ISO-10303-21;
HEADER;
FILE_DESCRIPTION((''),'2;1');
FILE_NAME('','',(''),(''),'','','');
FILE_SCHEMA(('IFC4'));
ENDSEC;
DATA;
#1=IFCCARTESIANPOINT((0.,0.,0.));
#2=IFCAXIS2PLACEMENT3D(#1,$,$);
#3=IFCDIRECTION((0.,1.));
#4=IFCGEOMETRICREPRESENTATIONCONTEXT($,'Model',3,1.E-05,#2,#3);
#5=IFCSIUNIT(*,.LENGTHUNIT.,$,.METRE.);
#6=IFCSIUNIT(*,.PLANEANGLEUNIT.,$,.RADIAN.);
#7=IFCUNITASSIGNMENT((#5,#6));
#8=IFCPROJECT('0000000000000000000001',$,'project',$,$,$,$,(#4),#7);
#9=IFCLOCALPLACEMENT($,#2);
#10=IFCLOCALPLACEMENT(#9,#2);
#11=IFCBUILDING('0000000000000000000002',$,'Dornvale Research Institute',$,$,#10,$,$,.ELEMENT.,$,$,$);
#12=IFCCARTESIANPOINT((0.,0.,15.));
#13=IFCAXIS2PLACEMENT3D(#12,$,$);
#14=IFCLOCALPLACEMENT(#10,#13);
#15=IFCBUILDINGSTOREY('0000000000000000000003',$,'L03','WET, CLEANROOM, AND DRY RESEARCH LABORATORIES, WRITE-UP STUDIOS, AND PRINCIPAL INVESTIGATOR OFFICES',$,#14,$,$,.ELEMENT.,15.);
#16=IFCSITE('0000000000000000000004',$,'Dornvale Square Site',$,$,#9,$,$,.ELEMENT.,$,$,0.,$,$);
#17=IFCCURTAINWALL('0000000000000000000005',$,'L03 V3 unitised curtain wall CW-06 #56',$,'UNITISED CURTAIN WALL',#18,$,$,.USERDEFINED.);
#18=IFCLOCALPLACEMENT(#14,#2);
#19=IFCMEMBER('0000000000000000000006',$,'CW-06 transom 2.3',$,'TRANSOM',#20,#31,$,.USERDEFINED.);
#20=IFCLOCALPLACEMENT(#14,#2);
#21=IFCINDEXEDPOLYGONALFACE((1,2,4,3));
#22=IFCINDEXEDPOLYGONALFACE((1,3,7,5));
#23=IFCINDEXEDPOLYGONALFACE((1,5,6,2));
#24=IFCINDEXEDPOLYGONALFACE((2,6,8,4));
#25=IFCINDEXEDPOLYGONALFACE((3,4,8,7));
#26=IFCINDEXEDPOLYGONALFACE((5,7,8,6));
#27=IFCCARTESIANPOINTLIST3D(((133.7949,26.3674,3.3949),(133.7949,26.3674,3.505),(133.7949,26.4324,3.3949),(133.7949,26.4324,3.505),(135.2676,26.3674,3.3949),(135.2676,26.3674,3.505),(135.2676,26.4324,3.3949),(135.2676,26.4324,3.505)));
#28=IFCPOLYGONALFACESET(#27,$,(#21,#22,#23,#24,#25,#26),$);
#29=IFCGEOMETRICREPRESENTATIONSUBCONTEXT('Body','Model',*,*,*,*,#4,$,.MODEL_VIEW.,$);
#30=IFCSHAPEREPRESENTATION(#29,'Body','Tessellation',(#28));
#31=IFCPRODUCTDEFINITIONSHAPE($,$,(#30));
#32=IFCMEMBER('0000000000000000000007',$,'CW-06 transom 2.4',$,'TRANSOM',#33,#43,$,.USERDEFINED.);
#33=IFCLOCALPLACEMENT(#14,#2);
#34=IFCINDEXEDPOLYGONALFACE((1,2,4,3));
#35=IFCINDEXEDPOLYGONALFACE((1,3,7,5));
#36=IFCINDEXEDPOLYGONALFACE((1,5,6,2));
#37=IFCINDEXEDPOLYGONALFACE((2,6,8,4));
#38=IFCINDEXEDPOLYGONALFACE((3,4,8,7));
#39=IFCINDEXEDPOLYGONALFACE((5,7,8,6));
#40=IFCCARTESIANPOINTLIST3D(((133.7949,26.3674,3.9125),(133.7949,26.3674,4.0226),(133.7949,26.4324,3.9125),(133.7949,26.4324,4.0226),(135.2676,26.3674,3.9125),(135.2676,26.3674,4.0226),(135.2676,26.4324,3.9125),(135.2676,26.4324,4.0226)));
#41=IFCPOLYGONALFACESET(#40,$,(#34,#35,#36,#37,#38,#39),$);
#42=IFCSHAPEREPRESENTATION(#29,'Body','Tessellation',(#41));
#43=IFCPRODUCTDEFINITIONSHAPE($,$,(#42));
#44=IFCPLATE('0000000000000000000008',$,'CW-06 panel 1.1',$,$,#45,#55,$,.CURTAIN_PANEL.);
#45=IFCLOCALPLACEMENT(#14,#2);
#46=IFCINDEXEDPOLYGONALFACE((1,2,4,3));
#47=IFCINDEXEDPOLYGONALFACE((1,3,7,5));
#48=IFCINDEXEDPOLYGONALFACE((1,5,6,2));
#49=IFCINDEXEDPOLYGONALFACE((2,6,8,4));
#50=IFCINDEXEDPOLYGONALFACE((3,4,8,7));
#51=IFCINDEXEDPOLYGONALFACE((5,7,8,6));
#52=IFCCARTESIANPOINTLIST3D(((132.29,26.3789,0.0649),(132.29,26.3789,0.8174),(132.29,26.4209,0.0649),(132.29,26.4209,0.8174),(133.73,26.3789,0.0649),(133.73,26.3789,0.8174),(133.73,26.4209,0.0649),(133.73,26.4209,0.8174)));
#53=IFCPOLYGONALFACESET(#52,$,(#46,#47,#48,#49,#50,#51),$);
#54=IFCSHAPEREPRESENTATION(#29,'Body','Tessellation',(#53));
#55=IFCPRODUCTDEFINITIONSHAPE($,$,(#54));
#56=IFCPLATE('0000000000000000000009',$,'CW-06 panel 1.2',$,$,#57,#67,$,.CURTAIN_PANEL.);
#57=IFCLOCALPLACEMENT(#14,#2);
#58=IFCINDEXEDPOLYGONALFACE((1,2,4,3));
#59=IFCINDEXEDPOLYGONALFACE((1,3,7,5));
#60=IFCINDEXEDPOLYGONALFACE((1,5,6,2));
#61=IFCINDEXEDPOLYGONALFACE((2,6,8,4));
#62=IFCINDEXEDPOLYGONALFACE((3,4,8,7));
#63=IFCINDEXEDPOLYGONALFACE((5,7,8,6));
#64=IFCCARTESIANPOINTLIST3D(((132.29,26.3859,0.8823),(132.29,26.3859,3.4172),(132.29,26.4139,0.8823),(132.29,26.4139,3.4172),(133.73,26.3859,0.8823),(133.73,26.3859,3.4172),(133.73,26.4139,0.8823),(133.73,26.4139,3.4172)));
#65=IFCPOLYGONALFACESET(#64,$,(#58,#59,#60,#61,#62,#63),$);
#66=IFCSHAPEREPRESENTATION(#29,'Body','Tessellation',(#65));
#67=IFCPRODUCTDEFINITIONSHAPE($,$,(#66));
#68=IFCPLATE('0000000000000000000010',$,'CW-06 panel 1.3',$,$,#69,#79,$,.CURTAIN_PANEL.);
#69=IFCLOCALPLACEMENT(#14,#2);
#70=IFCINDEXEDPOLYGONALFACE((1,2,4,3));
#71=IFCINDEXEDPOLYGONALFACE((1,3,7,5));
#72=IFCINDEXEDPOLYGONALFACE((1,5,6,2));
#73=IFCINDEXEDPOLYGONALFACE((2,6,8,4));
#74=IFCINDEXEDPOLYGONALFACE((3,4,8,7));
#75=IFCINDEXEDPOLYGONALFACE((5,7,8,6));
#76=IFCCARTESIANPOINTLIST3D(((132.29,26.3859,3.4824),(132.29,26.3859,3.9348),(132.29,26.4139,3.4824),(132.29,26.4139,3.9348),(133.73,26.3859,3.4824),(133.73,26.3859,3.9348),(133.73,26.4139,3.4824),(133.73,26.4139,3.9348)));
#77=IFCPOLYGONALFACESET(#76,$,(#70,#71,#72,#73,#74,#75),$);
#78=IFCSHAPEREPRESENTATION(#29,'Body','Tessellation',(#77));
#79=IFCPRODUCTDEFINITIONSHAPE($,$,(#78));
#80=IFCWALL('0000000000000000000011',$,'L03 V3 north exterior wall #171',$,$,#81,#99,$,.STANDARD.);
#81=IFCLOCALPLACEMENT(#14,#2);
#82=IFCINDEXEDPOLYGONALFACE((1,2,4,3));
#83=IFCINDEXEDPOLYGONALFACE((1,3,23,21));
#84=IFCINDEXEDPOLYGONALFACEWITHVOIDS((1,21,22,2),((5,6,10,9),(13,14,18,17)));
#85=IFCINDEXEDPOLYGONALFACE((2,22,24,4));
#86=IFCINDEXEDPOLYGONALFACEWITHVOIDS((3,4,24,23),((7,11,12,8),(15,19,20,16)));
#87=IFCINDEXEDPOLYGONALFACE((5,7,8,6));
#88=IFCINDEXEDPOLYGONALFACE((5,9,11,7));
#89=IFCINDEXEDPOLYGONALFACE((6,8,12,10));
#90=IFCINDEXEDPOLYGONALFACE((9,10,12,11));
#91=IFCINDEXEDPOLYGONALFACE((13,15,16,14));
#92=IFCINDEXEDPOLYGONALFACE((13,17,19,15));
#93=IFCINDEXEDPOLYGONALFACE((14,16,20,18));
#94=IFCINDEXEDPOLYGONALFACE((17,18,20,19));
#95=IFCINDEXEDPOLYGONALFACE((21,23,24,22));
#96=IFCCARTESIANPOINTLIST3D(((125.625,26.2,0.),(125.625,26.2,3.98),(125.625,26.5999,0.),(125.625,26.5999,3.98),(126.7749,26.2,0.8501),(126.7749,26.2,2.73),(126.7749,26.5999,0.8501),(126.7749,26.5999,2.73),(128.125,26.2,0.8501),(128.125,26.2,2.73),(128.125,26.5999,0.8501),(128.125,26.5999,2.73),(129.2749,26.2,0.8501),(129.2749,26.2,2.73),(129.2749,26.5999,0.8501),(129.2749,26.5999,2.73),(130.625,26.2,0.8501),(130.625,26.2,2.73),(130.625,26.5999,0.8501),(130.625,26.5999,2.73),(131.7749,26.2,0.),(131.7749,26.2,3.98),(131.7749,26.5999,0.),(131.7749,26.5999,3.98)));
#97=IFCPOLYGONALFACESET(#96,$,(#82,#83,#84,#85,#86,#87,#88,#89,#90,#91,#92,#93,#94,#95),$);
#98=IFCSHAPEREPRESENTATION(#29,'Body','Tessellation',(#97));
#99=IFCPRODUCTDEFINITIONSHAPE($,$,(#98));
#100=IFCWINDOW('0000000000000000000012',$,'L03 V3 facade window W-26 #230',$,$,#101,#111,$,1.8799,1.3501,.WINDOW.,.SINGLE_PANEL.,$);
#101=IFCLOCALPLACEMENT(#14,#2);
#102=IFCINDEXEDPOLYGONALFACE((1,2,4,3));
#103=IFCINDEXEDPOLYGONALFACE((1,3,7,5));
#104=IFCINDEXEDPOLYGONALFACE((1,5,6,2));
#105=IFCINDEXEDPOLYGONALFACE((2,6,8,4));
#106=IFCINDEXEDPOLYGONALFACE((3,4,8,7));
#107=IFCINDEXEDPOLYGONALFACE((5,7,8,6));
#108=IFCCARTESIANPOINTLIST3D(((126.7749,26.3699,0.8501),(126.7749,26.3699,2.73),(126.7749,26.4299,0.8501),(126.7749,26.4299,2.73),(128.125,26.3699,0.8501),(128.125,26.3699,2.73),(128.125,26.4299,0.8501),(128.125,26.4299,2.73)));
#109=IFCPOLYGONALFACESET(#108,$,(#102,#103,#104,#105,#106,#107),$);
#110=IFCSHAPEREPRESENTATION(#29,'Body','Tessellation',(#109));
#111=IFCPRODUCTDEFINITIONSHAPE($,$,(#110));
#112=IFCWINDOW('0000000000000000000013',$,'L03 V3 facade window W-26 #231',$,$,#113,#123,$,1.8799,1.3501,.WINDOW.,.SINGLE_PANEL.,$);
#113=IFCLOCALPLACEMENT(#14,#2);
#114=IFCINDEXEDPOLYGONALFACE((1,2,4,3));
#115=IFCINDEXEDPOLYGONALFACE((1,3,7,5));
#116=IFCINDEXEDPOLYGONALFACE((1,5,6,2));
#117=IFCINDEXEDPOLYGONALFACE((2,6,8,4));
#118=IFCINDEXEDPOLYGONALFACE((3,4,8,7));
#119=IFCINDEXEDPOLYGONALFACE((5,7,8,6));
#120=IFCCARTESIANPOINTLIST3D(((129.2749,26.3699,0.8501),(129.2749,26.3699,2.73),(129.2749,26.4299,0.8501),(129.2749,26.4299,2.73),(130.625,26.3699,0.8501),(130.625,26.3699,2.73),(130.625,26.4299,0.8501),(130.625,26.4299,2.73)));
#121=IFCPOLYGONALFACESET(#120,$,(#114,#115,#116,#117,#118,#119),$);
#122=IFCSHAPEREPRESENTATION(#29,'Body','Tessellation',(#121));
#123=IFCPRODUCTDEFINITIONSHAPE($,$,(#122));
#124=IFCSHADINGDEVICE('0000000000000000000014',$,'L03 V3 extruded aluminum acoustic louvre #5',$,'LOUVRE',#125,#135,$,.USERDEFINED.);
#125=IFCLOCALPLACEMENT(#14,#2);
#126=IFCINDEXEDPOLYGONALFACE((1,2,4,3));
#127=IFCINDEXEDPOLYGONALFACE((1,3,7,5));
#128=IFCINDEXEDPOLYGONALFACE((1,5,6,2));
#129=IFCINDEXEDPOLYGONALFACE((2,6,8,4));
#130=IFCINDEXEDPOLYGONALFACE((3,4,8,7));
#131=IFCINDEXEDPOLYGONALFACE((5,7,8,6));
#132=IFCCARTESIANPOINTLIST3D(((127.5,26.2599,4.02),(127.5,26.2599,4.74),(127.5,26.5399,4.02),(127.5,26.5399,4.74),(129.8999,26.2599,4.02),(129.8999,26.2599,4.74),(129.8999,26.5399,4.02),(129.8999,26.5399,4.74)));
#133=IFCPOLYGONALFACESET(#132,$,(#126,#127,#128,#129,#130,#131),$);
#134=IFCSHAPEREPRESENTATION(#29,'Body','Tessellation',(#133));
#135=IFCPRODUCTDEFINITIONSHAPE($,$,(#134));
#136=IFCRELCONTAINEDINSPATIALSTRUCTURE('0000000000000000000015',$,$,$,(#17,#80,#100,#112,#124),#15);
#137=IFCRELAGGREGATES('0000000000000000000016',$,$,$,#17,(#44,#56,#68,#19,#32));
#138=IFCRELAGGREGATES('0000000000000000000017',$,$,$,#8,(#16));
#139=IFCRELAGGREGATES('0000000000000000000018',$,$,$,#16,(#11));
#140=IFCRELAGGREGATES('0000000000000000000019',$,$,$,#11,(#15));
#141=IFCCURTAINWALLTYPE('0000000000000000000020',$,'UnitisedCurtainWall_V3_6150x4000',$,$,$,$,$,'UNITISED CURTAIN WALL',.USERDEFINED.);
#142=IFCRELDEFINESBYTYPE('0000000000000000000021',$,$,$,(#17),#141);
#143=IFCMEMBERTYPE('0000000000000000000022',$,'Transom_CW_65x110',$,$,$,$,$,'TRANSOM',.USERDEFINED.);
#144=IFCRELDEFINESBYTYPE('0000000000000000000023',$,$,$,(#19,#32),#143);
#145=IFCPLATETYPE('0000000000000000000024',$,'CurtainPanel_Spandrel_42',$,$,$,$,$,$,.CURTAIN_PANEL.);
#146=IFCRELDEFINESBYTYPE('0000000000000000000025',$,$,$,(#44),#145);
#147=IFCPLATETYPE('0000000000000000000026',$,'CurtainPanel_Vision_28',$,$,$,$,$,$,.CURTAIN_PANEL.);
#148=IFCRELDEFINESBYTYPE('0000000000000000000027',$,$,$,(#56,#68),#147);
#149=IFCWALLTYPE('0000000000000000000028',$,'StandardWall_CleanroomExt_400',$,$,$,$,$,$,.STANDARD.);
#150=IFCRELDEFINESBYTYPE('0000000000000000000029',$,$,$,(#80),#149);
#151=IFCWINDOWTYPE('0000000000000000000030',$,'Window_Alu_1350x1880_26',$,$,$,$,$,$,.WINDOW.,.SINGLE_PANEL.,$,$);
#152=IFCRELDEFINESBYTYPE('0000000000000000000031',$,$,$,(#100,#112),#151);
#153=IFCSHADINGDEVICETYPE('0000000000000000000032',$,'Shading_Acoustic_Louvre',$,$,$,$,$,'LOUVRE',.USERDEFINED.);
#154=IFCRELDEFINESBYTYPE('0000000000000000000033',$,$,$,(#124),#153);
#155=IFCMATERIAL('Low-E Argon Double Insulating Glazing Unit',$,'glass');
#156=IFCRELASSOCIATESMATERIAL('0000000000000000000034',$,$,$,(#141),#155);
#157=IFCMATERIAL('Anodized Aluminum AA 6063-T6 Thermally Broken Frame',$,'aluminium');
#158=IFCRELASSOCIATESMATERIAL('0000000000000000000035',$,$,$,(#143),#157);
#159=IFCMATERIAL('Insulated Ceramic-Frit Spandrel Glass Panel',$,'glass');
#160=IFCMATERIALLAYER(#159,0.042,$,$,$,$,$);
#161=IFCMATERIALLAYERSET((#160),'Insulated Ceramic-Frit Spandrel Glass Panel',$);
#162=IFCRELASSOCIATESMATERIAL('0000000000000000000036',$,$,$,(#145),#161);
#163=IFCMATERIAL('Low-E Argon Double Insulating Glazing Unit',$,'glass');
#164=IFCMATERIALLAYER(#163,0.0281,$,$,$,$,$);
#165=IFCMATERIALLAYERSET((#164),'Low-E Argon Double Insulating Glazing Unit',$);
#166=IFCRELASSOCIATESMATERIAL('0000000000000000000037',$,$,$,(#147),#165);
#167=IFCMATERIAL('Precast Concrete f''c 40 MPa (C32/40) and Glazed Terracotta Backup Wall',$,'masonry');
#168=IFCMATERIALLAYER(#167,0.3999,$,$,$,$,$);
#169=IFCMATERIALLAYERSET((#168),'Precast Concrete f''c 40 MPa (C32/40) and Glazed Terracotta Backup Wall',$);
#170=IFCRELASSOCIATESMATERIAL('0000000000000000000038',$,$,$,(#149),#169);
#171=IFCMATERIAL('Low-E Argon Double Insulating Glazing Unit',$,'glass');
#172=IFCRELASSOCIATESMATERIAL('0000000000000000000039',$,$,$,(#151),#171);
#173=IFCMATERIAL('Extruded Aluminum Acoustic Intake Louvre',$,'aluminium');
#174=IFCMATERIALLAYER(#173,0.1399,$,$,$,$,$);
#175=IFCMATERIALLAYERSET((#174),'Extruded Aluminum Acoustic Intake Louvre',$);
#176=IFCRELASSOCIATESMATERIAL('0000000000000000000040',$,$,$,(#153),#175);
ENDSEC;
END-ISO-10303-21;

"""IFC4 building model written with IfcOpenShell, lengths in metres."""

from ifc_helpers import new_model, si_unit, direction, frame, frame_2d, origin, origin_2d, place, context, subcontext, project, spatial, rectangle, extrude, material, layer, layer_set, material_profile, profile_set, type_object, element, fill, aggregate, save


model = new_model("IFC4")

# Units and contexts
model_context = context("Model", 3, precision=1e-05, world=origin(), true_north=direction((0.0, 1.0)))
body_context = subcontext(model_context, "Body", "Model", "MODEL_VIEW")
ifc_project = project(units=[si_unit("LENGTHUNIT", "METRE"), si_unit("PLANEANGLEUNIT", "RADIAN")], contexts=[model_context])

# Site, building, storey
site_placement = place(None, origin())
site = spatial("IfcSite", under=ifc_project, at=site_placement, Name="Dornvale Square Site", CompositionType="ELEMENT", RefElevation=0.0)
building_placement = place(site_placement, origin())
building = spatial("IfcBuilding", under=site, at=building_placement, Name="Dornvale Research Institute", CompositionType="ELEMENT")
storey_placement = place(building_placement, frame((0.0, 0.0, 15.0)))
storey = spatial("IfcBuildingStorey", under=building, at=storey_placement, Name="L03", Description="WET, CLEANROOM, AND DRY RESEARCH LABORATORIES, WRITE-UP STUDIOS, AND PRINCIPAL INVESTIGATOR OFFICES", CompositionType="ELEMENT", Elevation=15.0)

# Curtain wall
ifc_material_1 = material(Name="Low-E Argon Double Insulating Glazing Unit", Category="glass")
curtain_wall_type = type_object("IfcCurtainWallType", Name="UnitisedCurtainWall_V3_6150x4000", ElementType="UNITISED CURTAIN WALL", PredefinedType="USERDEFINED", material=ifc_material_1)
curtain_wall_placement = place(storey_placement, origin())
curtain_wall = element("IfcCurtainWall", 1, at=curtain_wall_placement, inside=storey, type_object=curtain_wall_type, Name="L03 V3 unitised curtain wall CW-06 #56", ObjectType="UNITISED CURTAIN WALL", PredefinedType="USERDEFINED")

# Members
ifc_material_2 = material(Name="Anodized Aluminum AA 6063-T6 Thermally Broken Frame", Category="aluminium")
ifc_material_profile_1 = material_profile(ifc_material_2, rectangle(XDim=0.0649, YDim=0.1101, at=origin_2d()), Name="ALU TRANSOM 65x110")
ifc_profile_set_1 = profile_set([ifc_material_profile_1], Name="Anodized Aluminum AA 6063-T6 Thermally Broken Frame")
member_type_1 = type_object("IfcMemberType", Name="Transom_CW_65x110", ElementType="TRANSOM", PredefinedType="USERDEFINED", material=ifc_profile_set_1)
member_1_placement = place(storey_placement, frame((133.7949, 26.3999, 3.45), z_axis=(1.0, 0.0, 0.0), x_axis=(0.0, 1.0, 0.0)))
member_1 = element("IfcMember", 2, at=member_1_placement, type_object=member_type_1, Name="CW-06 transom 2.3", ObjectType="TRANSOM", PredefinedType="USERDEFINED", context=body_context, shape_type="SweptSolid", body=[
    extrude(rectangle(XDim=0.0649, YDim=0.1101, at=origin_2d()), origin(), (0.0, 0.0, 1.0), 1.4727),
])
member_2_placement = place(storey_placement, frame((133.7949, 26.3999, 3.9675), z_axis=(1.0, 0.0, 0.0), x_axis=(0.0, 1.0, 0.0)))
member_2 = element("IfcMember", 3, at=member_2_placement, type_object=member_type_1, Name="CW-06 transom 2.4", ObjectType="TRANSOM", PredefinedType="USERDEFINED", context=body_context, shape_type="SweptSolid", body=[
    extrude(rectangle(XDim=0.0649, YDim=0.1101, at=origin_2d()), origin(), (0.0, 0.0, 1.0), 1.4727),
])

# Plates
ifc_material_3 = material(Name="Insulated Ceramic-Frit Spandrel Glass Panel", Category="glass")
ifc_layer_1 = layer(ifc_material_3, 0.042)
ifc_layer_set_1 = layer_set([ifc_layer_1], Name="Insulated Ceramic-Frit Spandrel Glass Panel")
plate_type_1 = type_object("IfcPlateType", Name="CurtainPanel_Spandrel_42", PredefinedType="CURTAIN_PANEL", material=ifc_layer_set_1)
plate_1_placement = place(storey_placement, frame((133.01, 26.3999, 0.0649), z_axis=(0.0, 0.0, 1.0), x_axis=(1.0, 0.0, 0.0)))
plate_1 = element("IfcPlate", 4, at=plate_1_placement, type_object=plate_type_1, Name="CW-06 panel 1.1", PredefinedType="CURTAIN_PANEL", context=body_context, shape_type="SweptSolid", body=[
    extrude(rectangle(XDim=1.4399, YDim=0.042, at=origin_2d()), origin(), (0.0, 0.0, 1.0), 0.7524),
])
ifc_material_4 = material(Name="Low-E Argon Double Insulating Glazing Unit", Category="glass")
ifc_layer_2 = layer(ifc_material_4, 0.0281)
ifc_layer_set_2 = layer_set([ifc_layer_2], Name="Low-E Argon Double Insulating Glazing Unit")
plate_type_2 = type_object("IfcPlateType", Name="CurtainPanel_Vision_28", PredefinedType="CURTAIN_PANEL", material=ifc_layer_set_2)
plate_2_placement = place(storey_placement, frame((133.01, 26.3999, 0.8823), z_axis=(0.0, 0.0, 1.0), x_axis=(1.0, 0.0, 0.0)))
plate_2 = element("IfcPlate", 5, at=plate_2_placement, type_object=plate_type_2, Name="CW-06 panel 1.2", PredefinedType="CURTAIN_PANEL", context=body_context, shape_type="SweptSolid", body=[
    extrude(rectangle(XDim=1.4399, YDim=0.0281, at=origin_2d()), origin(), (0.0, 0.0, 1.0), 2.5349),
])
plate_3_placement = place(storey_placement, frame((133.01, 26.3999, 3.4824), z_axis=(0.0, 0.0, 1.0), x_axis=(1.0, 0.0, 0.0)))
plate_3 = element("IfcPlate", 6, at=plate_3_placement, type_object=plate_type_2, Name="CW-06 panel 1.3", PredefinedType="CURTAIN_PANEL", context=body_context, shape_type="SweptSolid", body=[
    extrude(rectangle(XDim=1.4399, YDim=0.0281, at=origin_2d()), origin(), (0.0, 0.0, 1.0), 0.4524),
])
aggregate(curtain_wall, [plate_1, plate_2, plate_3, member_1, member_2])

# Wall, openings, windows
ifc_material_5 = material(Name="Precast Concrete f'c 40 MPa (C32/40) and Glazed Terracotta Backup Wall", Category="masonry")
ifc_layer_3 = layer(ifc_material_5, 0.3999)
ifc_layer_set_3 = layer_set([ifc_layer_3], Name="Precast Concrete f'c 40 MPa (C32/40) and Glazed Terracotta Backup Wall")
wall_type = type_object("IfcWallType", Name="StandardWall_CleanroomExt_400", PredefinedType="STANDARD", material=ifc_layer_set_3)
wall_placement = place(storey_placement, frame((125.625, 26.3999, 0.0), z_axis=(0.0, 0.0, 1.0), x_axis=(1.0, 0.0, 0.0)))
wall = element("IfcWall", 7, at=wall_placement, inside=storey, type_object=wall_type, Name="L03 V3 north exterior wall #171", PredefinedType="STANDARD", context=body_context, shape_type="SweptSolid", body=[
    extrude(rectangle(XDim=6.1499, YDim=0.3999, at=frame_2d((3.075, 0.0))), origin(), (0.0, 0.0, 1.0), 3.98),
])
opening_1_placement = place(wall_placement, frame((1.1499, 0.0, 0.8501)))
opening_1 = element("IfcOpeningElement", 8, at=opening_1_placement, cuts=wall, PredefinedType="OPENING", context=body_context, shape_type="SweptSolid", body=[
    extrude(rectangle(XDim=1.3501, YDim=1.8799, at=frame_2d((0.675, 0.9399))), frame((0.0, 0.2148, 0.0), z_axis=(0.0, -1.0, 0.0), x_axis=(1.0, 0.0, 0.0)), (0.0, 0.0, 1.0), 0.4299),
])
opening_2_placement = place(wall_placement, frame((3.6499, 0.0, 0.8501)))
opening_2 = element("IfcOpeningElement", 9, at=opening_2_placement, cuts=wall, PredefinedType="OPENING", context=body_context, shape_type="SweptSolid", body=[
    extrude(rectangle(XDim=1.3501, YDim=1.8799, at=frame_2d((0.675, 0.9399))), frame((0.0, 0.2148, 0.0), z_axis=(0.0, -1.0, 0.0), x_axis=(1.0, 0.0, 0.0)), (0.0, 0.0, 1.0), 0.4299),
])
ifc_material_6 = material(Name="Low-E Argon Double Insulating Glazing Unit", Category="glass")
window_type = type_object("IfcWindowType", Name="Window_Alu_1350x1880_26", PartitioningType="SINGLE_PANEL", PredefinedType="WINDOW", material=ifc_material_6)
window_1_placement = place(opening_1_placement, origin())
window_1 = element("IfcWindow", 10, at=window_1_placement, inside=storey, type_object=window_type, Name="L03 V3 facade window W-26 #230", OverallHeight=1.8799, OverallWidth=1.3501, PartitioningType="SINGLE_PANEL", PredefinedType="WINDOW", context=body_context, shape_type="SweptSolid", body=[
    extrude(rectangle(XDim=1.3501, YDim=1.8799, at=frame_2d((0.675, 0.9399))), frame((0.0, 0.03, 0.0), z_axis=(0.0, -1.0, 0.0), x_axis=(1.0, 0.0, 0.0)), (0.0, 0.0, 1.0), 0.0601),
])
fill(opening_1, window_1)
window_2_placement = place(opening_2_placement, origin())
window_2 = element("IfcWindow", 11, at=window_2_placement, inside=storey, type_object=window_type, Name="L03 V3 facade window W-26 #231", OverallHeight=1.8799, OverallWidth=1.3501, PartitioningType="SINGLE_PANEL", PredefinedType="WINDOW", context=body_context, shape_type="SweptSolid", body=[
    extrude(rectangle(XDim=1.3501, YDim=1.8799, at=frame_2d((0.675, 0.9399))), frame((0.0, 0.03, 0.0), z_axis=(0.0, -1.0, 0.0), x_axis=(1.0, 0.0, 0.0)), (0.0, 0.0, 1.0), 0.0601),
])
fill(opening_2, window_2)

# Shading device
ifc_material_7 = material(Name="Extruded Aluminum Acoustic Intake Louvre", Category="aluminium")
ifc_layer_4 = layer(ifc_material_7, 0.1399)
ifc_layer_set_4 = layer_set([ifc_layer_4], Name="Extruded Aluminum Acoustic Intake Louvre")
shading_device_type = type_object("IfcShadingDeviceType", Name="Shading_Acoustic_Louvre", ElementType="LOUVRE", PredefinedType="USERDEFINED", material=ifc_layer_set_4)
shading_device_placement = place(storey_placement, frame((128.7, 26.3999, 4.02), z_axis=(0.0, 0.0, 1.0), x_axis=(1.0, 0.0, 0.0)))
element("IfcShadingDevice", 12, at=shading_device_placement, inside=storey, type_object=shading_device_type, Name="L03 V3 extruded aluminum acoustic louvre #5", ObjectType="LOUVRE", PredefinedType="USERDEFINED", context=body_context, shape_type="SweptSolid", body=[
    extrude(rectangle(XDim=2.3999, YDim=0.28, at=origin_2d()), origin(), (0.0, 0.0, 1.0), 0.72),
])

save(model, "model.ifc")
